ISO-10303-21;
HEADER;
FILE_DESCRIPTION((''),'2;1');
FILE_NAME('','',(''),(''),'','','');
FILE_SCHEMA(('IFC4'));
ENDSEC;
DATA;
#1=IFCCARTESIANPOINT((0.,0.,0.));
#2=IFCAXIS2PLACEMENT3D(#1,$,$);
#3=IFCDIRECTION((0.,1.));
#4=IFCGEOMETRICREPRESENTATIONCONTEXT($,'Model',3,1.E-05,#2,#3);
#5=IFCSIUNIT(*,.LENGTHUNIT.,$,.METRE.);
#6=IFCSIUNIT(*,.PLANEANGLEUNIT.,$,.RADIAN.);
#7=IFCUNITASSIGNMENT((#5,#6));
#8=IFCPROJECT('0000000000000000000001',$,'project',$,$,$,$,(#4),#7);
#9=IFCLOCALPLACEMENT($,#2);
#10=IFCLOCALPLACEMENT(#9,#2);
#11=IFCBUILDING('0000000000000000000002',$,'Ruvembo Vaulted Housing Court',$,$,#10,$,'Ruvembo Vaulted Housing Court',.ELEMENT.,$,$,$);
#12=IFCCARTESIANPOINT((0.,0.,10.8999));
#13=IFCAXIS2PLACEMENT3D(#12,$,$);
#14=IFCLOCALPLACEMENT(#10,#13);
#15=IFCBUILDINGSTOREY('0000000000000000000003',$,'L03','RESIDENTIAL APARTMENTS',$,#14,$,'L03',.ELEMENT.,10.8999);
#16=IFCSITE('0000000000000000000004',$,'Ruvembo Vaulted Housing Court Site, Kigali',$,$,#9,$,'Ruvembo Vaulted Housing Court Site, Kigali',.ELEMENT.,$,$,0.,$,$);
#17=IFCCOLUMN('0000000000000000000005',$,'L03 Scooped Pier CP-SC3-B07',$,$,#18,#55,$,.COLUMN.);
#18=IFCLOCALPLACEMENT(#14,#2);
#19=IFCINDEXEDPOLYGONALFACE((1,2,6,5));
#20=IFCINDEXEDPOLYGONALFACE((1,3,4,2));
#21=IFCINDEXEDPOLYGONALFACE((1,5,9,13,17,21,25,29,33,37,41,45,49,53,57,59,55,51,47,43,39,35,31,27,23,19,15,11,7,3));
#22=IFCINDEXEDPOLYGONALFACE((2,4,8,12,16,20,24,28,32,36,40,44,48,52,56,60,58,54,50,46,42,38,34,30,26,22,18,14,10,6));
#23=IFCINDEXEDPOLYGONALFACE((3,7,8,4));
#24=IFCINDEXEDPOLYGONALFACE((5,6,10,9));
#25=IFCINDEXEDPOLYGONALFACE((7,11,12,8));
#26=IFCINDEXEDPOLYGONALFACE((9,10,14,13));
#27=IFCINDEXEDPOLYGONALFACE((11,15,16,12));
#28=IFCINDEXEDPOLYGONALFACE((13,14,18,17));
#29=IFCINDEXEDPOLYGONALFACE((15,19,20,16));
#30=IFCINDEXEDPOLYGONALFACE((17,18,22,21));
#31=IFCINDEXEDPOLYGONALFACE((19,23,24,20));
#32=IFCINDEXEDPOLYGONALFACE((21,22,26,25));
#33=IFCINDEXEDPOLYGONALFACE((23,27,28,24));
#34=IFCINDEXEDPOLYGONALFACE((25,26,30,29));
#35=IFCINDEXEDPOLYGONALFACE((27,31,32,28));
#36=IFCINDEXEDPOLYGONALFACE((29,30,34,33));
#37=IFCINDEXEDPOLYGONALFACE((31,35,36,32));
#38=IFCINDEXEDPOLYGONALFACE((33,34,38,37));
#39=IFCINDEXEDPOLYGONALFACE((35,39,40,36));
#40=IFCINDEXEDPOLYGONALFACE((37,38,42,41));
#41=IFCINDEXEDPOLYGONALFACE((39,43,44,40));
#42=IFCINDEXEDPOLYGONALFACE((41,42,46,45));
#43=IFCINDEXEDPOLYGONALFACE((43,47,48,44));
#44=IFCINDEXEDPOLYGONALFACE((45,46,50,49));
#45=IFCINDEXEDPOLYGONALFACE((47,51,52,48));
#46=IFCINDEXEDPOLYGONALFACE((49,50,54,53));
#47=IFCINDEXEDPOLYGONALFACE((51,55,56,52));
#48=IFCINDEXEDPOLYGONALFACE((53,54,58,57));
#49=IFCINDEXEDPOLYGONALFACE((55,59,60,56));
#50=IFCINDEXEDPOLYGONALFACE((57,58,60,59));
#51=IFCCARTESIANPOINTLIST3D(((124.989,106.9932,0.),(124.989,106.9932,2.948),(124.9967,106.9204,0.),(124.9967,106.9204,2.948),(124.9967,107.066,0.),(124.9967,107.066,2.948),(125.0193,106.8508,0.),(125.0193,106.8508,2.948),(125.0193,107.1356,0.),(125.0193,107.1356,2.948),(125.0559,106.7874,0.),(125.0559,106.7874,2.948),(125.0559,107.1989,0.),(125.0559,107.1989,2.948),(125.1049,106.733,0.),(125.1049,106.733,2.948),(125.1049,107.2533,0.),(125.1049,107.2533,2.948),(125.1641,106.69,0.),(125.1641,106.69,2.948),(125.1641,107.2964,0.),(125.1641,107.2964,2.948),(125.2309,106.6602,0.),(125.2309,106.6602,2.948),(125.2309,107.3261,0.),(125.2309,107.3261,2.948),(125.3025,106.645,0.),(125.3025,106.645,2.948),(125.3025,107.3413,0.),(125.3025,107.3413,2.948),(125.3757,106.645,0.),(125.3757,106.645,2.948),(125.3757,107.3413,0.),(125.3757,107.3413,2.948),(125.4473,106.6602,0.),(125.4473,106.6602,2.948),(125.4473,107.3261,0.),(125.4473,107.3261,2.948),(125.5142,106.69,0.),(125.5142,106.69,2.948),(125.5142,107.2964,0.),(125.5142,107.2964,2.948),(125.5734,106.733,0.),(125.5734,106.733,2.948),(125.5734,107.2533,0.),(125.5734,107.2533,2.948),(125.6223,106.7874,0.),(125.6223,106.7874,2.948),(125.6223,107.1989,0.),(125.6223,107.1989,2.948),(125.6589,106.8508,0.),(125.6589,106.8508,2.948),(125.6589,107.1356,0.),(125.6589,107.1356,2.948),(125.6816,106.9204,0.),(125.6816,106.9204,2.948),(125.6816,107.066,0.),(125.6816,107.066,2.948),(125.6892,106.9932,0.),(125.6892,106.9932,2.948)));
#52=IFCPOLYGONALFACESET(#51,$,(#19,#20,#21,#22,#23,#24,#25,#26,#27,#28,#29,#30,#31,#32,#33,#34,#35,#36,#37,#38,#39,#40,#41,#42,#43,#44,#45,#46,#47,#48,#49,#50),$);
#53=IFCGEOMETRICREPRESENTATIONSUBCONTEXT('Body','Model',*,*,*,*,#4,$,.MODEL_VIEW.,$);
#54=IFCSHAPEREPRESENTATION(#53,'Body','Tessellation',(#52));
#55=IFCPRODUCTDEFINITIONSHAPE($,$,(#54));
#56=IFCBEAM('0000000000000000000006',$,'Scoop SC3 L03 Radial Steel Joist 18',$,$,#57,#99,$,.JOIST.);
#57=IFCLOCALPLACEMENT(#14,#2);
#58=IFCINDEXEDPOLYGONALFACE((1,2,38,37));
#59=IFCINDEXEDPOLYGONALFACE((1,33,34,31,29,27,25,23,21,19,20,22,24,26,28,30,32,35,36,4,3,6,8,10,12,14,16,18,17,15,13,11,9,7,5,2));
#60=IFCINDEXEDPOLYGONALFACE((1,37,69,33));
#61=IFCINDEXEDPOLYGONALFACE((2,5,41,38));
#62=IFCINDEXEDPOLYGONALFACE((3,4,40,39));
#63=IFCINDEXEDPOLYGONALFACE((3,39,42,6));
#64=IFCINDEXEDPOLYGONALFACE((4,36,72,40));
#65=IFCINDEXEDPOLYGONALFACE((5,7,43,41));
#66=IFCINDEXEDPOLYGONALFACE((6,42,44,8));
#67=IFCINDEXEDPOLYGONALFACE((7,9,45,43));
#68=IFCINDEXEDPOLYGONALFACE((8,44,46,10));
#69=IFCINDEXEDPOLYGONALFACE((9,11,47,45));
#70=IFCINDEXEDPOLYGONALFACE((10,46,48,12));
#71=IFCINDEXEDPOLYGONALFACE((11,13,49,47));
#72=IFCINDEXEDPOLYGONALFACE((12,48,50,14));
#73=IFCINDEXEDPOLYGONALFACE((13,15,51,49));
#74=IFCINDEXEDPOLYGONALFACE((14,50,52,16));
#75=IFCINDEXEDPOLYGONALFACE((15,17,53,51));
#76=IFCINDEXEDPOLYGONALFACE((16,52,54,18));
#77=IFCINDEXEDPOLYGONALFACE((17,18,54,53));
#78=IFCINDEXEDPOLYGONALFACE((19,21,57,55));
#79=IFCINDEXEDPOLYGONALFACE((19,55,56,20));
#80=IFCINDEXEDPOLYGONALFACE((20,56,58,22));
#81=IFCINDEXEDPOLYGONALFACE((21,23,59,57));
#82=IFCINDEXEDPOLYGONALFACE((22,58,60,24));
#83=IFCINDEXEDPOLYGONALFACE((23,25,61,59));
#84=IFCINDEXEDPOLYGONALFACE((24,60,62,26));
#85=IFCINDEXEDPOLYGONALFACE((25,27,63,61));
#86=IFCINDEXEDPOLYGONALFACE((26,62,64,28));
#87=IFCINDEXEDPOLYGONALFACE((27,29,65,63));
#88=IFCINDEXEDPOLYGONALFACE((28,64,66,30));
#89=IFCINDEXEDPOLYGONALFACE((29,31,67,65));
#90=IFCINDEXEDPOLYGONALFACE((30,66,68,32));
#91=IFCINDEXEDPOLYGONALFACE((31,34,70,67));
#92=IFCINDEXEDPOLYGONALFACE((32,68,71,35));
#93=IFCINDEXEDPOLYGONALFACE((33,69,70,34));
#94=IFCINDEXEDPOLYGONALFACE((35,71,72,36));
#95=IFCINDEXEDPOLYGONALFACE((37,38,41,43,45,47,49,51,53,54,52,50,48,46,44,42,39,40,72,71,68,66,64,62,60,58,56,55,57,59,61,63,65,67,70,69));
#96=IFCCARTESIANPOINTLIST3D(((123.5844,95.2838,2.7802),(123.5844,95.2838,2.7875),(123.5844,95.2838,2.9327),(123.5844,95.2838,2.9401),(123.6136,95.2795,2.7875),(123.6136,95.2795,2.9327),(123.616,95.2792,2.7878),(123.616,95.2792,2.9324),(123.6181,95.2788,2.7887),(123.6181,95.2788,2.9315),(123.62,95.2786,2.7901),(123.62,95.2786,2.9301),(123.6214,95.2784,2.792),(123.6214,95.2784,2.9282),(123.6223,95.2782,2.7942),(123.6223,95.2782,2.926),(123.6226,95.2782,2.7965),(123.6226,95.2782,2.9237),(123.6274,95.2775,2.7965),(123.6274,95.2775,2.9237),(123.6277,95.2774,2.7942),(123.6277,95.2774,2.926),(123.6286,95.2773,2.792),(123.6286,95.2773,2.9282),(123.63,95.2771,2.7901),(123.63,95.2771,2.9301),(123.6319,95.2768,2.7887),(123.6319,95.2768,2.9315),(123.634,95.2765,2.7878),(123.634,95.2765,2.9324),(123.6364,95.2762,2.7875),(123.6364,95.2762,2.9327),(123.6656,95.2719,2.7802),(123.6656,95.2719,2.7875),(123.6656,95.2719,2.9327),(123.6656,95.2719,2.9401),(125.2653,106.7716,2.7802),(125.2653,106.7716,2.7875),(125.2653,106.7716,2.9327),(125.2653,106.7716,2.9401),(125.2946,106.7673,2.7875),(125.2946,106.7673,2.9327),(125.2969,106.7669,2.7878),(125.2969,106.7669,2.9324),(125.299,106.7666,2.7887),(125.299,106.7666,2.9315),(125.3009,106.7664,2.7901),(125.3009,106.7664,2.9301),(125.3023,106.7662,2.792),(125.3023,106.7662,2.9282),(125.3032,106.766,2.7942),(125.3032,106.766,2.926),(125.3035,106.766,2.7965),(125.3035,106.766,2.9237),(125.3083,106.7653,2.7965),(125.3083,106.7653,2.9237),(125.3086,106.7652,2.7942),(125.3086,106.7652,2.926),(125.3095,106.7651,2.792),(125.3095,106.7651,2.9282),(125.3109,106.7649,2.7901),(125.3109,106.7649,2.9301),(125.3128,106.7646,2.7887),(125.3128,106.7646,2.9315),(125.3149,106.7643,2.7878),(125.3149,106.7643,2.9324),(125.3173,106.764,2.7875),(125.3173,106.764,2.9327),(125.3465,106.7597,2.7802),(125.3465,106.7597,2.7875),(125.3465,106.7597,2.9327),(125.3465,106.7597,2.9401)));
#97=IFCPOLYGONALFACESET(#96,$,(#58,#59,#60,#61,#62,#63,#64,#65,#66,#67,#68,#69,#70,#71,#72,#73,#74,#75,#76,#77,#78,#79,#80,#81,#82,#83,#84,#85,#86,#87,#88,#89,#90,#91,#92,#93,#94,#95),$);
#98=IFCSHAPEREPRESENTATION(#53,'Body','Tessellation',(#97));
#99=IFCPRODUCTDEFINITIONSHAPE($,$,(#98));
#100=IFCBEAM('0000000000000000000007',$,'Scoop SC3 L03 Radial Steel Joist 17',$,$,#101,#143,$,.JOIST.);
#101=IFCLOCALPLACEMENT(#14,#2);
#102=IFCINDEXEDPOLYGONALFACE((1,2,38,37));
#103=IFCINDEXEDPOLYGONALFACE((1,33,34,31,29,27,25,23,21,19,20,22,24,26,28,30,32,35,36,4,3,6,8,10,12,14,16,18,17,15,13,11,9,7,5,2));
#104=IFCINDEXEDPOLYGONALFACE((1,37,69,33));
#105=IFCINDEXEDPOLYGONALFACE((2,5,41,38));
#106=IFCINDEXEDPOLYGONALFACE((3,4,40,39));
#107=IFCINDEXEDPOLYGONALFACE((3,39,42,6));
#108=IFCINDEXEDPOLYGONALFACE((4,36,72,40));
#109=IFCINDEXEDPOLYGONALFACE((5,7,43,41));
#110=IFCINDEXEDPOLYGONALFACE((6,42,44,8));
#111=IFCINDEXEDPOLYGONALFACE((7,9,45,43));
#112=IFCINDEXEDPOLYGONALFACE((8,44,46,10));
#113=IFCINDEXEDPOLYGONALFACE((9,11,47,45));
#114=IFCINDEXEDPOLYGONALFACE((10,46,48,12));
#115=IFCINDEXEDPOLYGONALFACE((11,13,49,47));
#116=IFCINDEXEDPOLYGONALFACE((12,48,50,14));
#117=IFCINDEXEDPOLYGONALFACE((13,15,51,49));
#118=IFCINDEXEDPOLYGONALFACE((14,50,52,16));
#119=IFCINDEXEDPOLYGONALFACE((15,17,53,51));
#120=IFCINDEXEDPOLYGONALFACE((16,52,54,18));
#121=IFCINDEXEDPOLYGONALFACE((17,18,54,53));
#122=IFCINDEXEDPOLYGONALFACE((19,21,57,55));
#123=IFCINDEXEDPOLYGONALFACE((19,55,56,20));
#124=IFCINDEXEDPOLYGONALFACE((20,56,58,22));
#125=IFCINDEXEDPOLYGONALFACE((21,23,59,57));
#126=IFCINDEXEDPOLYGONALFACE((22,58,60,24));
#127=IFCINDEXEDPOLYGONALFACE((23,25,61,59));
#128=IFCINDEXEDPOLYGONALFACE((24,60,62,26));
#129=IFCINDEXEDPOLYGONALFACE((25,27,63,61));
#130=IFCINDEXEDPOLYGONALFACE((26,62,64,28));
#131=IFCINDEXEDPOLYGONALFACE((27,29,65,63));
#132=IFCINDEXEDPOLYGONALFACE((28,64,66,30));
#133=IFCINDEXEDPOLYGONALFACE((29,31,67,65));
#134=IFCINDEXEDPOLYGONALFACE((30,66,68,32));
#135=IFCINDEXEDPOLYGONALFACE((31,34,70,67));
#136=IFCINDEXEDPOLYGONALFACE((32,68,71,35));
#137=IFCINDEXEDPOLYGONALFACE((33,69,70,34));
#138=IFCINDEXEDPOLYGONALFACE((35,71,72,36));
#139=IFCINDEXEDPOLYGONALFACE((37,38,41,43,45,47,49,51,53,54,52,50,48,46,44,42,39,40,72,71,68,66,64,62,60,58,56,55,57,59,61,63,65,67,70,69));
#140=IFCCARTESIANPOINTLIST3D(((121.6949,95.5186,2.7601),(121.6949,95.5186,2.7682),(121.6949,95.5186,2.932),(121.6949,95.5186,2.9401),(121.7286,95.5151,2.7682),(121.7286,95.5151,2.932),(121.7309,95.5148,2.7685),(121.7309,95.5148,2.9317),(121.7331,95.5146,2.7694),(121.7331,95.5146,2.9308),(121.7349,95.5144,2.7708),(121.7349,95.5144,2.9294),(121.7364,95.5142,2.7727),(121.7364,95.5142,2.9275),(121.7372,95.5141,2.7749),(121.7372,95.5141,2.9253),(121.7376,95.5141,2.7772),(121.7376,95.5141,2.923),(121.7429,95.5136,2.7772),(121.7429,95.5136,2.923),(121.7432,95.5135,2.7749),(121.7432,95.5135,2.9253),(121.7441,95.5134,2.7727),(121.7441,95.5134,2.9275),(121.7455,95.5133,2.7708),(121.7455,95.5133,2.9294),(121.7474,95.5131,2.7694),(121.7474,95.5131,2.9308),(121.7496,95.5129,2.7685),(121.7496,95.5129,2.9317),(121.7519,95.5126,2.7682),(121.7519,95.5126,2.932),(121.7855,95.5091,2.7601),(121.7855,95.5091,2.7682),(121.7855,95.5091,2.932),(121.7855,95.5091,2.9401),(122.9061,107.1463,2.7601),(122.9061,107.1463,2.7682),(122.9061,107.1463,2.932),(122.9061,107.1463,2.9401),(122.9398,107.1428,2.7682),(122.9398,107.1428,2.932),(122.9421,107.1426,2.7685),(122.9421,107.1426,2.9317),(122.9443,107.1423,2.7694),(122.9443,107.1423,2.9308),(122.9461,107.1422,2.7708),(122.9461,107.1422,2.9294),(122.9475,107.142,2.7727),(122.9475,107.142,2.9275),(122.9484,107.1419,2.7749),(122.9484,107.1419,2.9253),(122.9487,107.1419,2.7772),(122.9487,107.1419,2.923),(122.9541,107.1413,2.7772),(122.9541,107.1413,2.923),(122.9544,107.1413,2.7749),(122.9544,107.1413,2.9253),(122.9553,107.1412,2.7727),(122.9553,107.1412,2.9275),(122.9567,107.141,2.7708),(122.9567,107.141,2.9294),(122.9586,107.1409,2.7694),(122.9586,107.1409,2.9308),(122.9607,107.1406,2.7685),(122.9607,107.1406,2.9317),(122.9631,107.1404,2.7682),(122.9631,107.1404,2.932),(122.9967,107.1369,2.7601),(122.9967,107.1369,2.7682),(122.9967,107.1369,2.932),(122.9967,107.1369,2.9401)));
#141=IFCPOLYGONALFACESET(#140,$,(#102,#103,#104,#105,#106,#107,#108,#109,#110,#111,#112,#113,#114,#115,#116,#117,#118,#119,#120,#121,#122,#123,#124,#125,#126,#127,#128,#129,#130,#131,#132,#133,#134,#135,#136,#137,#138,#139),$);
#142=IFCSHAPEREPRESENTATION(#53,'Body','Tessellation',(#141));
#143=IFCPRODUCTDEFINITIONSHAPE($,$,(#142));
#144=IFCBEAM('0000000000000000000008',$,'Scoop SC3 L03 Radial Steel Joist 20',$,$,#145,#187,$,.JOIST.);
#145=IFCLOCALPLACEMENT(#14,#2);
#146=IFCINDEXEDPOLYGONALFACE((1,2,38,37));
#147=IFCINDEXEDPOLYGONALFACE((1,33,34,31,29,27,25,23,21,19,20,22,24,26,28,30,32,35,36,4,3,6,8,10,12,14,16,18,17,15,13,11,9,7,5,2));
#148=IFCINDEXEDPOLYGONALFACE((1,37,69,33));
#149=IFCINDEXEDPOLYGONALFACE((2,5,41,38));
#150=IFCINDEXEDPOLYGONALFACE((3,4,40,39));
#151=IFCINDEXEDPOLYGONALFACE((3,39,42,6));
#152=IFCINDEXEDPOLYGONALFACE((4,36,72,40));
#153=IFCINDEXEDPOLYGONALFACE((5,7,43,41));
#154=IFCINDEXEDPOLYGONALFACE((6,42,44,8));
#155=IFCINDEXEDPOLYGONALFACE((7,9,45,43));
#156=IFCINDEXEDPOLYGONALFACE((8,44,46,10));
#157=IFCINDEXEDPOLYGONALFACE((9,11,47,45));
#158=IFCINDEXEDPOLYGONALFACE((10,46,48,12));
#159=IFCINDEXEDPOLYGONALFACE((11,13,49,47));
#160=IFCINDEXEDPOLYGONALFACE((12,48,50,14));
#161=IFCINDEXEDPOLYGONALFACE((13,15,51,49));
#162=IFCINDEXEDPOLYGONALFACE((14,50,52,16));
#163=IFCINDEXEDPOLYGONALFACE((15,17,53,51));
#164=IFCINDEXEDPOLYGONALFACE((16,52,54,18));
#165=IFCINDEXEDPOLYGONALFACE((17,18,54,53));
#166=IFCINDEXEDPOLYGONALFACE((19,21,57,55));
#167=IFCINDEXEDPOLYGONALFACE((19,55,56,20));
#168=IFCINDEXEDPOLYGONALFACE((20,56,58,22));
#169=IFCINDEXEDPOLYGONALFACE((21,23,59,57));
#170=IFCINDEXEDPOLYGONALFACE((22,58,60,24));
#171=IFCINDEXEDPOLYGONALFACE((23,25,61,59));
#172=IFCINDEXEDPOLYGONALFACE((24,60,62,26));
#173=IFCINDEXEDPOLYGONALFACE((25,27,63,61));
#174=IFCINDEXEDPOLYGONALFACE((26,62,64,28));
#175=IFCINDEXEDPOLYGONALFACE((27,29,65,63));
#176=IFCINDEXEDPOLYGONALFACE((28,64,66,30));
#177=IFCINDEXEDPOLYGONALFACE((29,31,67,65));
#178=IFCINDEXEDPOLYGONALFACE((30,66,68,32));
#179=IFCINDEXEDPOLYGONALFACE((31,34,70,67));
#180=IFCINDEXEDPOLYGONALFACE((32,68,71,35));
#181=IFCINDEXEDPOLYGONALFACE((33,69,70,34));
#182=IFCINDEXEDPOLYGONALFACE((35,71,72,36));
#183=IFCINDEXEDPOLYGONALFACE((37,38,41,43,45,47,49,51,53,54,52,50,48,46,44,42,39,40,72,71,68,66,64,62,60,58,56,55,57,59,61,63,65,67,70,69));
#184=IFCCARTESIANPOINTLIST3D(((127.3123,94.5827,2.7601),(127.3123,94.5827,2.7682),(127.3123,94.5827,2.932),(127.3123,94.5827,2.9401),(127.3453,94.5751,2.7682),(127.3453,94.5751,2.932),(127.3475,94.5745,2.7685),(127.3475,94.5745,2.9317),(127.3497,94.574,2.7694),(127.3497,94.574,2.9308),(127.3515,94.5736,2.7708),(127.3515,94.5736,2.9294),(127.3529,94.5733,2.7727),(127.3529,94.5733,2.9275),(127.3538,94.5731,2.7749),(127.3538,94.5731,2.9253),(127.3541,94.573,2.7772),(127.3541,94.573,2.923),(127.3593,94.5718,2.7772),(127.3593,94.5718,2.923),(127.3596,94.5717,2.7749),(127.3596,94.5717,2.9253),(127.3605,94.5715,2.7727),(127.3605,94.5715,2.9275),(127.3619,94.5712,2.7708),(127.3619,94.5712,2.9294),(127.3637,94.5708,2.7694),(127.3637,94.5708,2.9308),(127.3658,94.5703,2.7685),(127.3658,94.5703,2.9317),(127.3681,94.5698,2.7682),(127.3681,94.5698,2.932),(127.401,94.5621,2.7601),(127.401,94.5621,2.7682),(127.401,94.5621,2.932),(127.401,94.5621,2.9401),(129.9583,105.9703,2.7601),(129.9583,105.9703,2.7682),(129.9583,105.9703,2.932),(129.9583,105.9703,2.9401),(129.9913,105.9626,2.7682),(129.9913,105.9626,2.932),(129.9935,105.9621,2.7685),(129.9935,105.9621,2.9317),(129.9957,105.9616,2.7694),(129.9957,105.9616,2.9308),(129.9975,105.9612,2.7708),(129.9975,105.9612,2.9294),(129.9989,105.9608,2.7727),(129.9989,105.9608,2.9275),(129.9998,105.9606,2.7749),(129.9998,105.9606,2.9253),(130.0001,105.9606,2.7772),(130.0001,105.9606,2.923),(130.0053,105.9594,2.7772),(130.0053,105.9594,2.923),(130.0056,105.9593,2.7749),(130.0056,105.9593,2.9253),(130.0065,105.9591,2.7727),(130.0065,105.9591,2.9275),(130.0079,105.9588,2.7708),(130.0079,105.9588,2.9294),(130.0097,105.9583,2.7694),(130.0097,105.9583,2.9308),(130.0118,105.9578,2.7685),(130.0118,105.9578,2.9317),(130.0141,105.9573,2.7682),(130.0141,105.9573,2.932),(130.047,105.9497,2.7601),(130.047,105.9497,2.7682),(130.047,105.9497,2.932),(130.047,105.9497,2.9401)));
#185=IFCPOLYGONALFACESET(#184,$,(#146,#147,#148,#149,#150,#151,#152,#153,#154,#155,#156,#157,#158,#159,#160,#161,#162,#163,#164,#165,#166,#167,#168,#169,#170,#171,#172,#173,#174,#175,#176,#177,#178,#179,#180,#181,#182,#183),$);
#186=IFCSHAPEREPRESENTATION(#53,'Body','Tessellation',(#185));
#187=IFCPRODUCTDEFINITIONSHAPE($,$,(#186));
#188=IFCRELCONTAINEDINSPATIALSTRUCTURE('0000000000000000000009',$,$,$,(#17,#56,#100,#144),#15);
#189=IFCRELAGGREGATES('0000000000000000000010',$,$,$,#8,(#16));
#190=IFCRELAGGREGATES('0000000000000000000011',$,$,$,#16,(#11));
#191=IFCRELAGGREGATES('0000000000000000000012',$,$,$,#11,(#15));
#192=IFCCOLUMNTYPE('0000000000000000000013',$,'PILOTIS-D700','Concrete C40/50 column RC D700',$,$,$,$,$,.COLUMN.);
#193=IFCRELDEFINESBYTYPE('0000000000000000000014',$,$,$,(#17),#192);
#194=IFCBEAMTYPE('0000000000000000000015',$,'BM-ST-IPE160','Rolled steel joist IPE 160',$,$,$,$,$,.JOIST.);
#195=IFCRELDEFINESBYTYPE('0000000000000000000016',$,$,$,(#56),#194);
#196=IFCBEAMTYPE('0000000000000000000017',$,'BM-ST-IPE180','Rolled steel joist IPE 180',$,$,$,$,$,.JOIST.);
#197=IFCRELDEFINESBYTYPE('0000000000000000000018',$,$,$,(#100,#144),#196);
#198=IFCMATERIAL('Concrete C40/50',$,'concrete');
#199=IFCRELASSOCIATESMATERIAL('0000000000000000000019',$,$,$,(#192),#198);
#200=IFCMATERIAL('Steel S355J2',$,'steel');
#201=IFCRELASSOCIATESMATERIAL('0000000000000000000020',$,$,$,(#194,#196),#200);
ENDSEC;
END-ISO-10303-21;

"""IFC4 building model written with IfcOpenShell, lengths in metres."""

from ifc_helpers import new_model, si_unit, direction, frame, origin, origin_2d, place, context, subcontext, project, spatial, circle, i_section, extrude, material, material_profile, profile_set, type_object, element, save


model = new_model("IFC4")

# Units and contexts
model_context = context("Model", 3, precision=1e-05, world=origin(), true_north=direction((0.0, 1.0)))
body_context = subcontext(model_context, "Body", "Model", "MODEL_VIEW")
ifc_project = project(units=[si_unit("LENGTHUNIT", "METRE"), si_unit("PLANEANGLEUNIT", "RADIAN")], contexts=[model_context])

# Site, building, storey
site_placement = place(None, origin())
site = spatial("IfcSite", under=ifc_project, at=site_placement, Name="Ruvembo Vaulted Housing Court Site, Kigali", LongName="Ruvembo Vaulted Housing Court Site, Kigali", CompositionType="ELEMENT", RefElevation=0.0)
building_placement = place(site_placement, origin())
building = spatial("IfcBuilding", under=site, at=building_placement, Name="Ruvembo Vaulted Housing Court", LongName="Ruvembo Vaulted Housing Court", CompositionType="ELEMENT")
storey_placement = place(building_placement, frame((0.0, 0.0, 10.8999)))
storey = spatial("IfcBuildingStorey", under=building, at=storey_placement, Name="L03", Description="RESIDENTIAL APARTMENTS", LongName="L03", CompositionType="ELEMENT", Elevation=10.8999)

# Column
ifc_material_1 = material(Name="Concrete C40/50", Category="concrete")
ifc_material_profile_1 = material_profile(ifc_material_1, circle(Radius=0.3501, at=origin_2d()), Name="RC D700")
ifc_profile_set_1 = profile_set([ifc_material_profile_1], Name="Concrete C40/50")
column_type = type_object("IfcColumnType", Name="PILOTIS-D700", Description="Concrete C40/50 column RC D700", PredefinedType="COLUMN", material=ifc_profile_set_1)
column_placement = place(storey_placement, frame((125.3391, 106.9932, 0.0), z_axis=(0.0, 0.0, 1.0), x_axis=(1.0, 0.0, 0.0)))
element("IfcColumn", 1, at=column_placement, inside=storey, type_object=column_type, Name="L03 Scooped Pier CP-SC3-B07", PredefinedType="COLUMN", context=body_context, shape_type="SweptSolid", body=[
    extrude(circle(Radius=0.3501, at=origin_2d()), origin(), (0.0, 0.0, 1.0), 2.948),
])

# Beams
ifc_material_2 = material(Name="Steel S355J2", Category="steel")
ifc_material_profile_2 = material_profile(ifc_material_2, i_section(OverallWidth=0.082, OverallDepth=0.1599, WebThickness=0.0049, FlangeThickness=0.0073, FilletRadius=0.009, at=origin_2d()), Name="IPE 160")
ifc_profile_set_2 = profile_set([ifc_material_profile_2], Name="Steel S355J2")
beam_type_1 = type_object("IfcBeamType", Name="BM-ST-IPE160", Description="Rolled steel joist IPE 160", PredefinedType="JOIST", material=ifc_profile_set_2)
beam_1_placement = place(storey_placement, frame((125.3059, 106.7656, 2.8601), z_axis=(-0.14478, -0.989464, 0.0), x_axis=(0.989464, -0.14478, 0.0)))
element("IfcBeam", 2, at=beam_1_placement, inside=storey, type_object=beam_type_1, Name="Scoop SC3 L03 Radial Steel Joist 18", PredefinedType="JOIST", context=body_context, shape_type="SweptSolid", body=[
    extrude(i_section(OverallWidth=0.082, OverallDepth=0.1599, WebThickness=0.0049, FlangeThickness=0.0073, FilletRadius=0.009, at=origin_2d()), origin(), (0.0, 0.0, 1.0), 11.6101),
])
ifc_material_profile_3 = material_profile(ifc_material_2, i_section(OverallWidth=0.0911, OverallDepth=0.1799, WebThickness=0.0054, FlangeThickness=0.0081, FilletRadius=0.009, at=origin_2d()), Name="IPE 180")
ifc_profile_set_3 = profile_set([ifc_material_profile_3], Name="Steel S355J2")
beam_type_2 = type_object("IfcBeamType", Name="BM-ST-IPE180", Description="Rolled steel joist IPE 180", PredefinedType="JOIST", material=ifc_profile_set_3)
beam_2_placement = place(storey_placement, frame((122.9514, 107.1416, 2.8501), z_axis=(-0.103603, -0.994619, 0.0), x_axis=(0.994619, -0.103603, 0.0)))
element("IfcBeam", 3, at=beam_2_placement, inside=storey, type_object=beam_type_2, Name="Scoop SC3 L03 Radial Steel Joist 17", PredefinedType="JOIST", context=body_context, shape_type="SweptSolid", body=[
    extrude(i_section(OverallWidth=0.0911, OverallDepth=0.1799, WebThickness=0.0054, FlangeThickness=0.0081, FilletRadius=0.009, at=origin_2d()), origin(), (0.0, 0.0, 1.0), 11.6907),
])
beam_3_placement = place(storey_placement, frame((130.0027, 105.96, 2.8501), z_axis=(-0.226331, -0.97405, 0.0), x_axis=(0.97405, -0.226331, 0.0)))
element("IfcBeam", 4, at=beam_3_placement, inside=storey, type_object=beam_type_2, Name="Scoop SC3 L03 Radial Steel Joist 20", PredefinedType="JOIST", context=body_context, shape_type="SweptSolid", body=[
    extrude(i_section(OverallWidth=0.0911, OverallDepth=0.1799, WebThickness=0.0054, FlangeThickness=0.0081, FilletRadius=0.009, at=origin_2d()), origin(), (0.0, 0.0, 1.0), 11.6909),
])

save(model, "model.ifc")
